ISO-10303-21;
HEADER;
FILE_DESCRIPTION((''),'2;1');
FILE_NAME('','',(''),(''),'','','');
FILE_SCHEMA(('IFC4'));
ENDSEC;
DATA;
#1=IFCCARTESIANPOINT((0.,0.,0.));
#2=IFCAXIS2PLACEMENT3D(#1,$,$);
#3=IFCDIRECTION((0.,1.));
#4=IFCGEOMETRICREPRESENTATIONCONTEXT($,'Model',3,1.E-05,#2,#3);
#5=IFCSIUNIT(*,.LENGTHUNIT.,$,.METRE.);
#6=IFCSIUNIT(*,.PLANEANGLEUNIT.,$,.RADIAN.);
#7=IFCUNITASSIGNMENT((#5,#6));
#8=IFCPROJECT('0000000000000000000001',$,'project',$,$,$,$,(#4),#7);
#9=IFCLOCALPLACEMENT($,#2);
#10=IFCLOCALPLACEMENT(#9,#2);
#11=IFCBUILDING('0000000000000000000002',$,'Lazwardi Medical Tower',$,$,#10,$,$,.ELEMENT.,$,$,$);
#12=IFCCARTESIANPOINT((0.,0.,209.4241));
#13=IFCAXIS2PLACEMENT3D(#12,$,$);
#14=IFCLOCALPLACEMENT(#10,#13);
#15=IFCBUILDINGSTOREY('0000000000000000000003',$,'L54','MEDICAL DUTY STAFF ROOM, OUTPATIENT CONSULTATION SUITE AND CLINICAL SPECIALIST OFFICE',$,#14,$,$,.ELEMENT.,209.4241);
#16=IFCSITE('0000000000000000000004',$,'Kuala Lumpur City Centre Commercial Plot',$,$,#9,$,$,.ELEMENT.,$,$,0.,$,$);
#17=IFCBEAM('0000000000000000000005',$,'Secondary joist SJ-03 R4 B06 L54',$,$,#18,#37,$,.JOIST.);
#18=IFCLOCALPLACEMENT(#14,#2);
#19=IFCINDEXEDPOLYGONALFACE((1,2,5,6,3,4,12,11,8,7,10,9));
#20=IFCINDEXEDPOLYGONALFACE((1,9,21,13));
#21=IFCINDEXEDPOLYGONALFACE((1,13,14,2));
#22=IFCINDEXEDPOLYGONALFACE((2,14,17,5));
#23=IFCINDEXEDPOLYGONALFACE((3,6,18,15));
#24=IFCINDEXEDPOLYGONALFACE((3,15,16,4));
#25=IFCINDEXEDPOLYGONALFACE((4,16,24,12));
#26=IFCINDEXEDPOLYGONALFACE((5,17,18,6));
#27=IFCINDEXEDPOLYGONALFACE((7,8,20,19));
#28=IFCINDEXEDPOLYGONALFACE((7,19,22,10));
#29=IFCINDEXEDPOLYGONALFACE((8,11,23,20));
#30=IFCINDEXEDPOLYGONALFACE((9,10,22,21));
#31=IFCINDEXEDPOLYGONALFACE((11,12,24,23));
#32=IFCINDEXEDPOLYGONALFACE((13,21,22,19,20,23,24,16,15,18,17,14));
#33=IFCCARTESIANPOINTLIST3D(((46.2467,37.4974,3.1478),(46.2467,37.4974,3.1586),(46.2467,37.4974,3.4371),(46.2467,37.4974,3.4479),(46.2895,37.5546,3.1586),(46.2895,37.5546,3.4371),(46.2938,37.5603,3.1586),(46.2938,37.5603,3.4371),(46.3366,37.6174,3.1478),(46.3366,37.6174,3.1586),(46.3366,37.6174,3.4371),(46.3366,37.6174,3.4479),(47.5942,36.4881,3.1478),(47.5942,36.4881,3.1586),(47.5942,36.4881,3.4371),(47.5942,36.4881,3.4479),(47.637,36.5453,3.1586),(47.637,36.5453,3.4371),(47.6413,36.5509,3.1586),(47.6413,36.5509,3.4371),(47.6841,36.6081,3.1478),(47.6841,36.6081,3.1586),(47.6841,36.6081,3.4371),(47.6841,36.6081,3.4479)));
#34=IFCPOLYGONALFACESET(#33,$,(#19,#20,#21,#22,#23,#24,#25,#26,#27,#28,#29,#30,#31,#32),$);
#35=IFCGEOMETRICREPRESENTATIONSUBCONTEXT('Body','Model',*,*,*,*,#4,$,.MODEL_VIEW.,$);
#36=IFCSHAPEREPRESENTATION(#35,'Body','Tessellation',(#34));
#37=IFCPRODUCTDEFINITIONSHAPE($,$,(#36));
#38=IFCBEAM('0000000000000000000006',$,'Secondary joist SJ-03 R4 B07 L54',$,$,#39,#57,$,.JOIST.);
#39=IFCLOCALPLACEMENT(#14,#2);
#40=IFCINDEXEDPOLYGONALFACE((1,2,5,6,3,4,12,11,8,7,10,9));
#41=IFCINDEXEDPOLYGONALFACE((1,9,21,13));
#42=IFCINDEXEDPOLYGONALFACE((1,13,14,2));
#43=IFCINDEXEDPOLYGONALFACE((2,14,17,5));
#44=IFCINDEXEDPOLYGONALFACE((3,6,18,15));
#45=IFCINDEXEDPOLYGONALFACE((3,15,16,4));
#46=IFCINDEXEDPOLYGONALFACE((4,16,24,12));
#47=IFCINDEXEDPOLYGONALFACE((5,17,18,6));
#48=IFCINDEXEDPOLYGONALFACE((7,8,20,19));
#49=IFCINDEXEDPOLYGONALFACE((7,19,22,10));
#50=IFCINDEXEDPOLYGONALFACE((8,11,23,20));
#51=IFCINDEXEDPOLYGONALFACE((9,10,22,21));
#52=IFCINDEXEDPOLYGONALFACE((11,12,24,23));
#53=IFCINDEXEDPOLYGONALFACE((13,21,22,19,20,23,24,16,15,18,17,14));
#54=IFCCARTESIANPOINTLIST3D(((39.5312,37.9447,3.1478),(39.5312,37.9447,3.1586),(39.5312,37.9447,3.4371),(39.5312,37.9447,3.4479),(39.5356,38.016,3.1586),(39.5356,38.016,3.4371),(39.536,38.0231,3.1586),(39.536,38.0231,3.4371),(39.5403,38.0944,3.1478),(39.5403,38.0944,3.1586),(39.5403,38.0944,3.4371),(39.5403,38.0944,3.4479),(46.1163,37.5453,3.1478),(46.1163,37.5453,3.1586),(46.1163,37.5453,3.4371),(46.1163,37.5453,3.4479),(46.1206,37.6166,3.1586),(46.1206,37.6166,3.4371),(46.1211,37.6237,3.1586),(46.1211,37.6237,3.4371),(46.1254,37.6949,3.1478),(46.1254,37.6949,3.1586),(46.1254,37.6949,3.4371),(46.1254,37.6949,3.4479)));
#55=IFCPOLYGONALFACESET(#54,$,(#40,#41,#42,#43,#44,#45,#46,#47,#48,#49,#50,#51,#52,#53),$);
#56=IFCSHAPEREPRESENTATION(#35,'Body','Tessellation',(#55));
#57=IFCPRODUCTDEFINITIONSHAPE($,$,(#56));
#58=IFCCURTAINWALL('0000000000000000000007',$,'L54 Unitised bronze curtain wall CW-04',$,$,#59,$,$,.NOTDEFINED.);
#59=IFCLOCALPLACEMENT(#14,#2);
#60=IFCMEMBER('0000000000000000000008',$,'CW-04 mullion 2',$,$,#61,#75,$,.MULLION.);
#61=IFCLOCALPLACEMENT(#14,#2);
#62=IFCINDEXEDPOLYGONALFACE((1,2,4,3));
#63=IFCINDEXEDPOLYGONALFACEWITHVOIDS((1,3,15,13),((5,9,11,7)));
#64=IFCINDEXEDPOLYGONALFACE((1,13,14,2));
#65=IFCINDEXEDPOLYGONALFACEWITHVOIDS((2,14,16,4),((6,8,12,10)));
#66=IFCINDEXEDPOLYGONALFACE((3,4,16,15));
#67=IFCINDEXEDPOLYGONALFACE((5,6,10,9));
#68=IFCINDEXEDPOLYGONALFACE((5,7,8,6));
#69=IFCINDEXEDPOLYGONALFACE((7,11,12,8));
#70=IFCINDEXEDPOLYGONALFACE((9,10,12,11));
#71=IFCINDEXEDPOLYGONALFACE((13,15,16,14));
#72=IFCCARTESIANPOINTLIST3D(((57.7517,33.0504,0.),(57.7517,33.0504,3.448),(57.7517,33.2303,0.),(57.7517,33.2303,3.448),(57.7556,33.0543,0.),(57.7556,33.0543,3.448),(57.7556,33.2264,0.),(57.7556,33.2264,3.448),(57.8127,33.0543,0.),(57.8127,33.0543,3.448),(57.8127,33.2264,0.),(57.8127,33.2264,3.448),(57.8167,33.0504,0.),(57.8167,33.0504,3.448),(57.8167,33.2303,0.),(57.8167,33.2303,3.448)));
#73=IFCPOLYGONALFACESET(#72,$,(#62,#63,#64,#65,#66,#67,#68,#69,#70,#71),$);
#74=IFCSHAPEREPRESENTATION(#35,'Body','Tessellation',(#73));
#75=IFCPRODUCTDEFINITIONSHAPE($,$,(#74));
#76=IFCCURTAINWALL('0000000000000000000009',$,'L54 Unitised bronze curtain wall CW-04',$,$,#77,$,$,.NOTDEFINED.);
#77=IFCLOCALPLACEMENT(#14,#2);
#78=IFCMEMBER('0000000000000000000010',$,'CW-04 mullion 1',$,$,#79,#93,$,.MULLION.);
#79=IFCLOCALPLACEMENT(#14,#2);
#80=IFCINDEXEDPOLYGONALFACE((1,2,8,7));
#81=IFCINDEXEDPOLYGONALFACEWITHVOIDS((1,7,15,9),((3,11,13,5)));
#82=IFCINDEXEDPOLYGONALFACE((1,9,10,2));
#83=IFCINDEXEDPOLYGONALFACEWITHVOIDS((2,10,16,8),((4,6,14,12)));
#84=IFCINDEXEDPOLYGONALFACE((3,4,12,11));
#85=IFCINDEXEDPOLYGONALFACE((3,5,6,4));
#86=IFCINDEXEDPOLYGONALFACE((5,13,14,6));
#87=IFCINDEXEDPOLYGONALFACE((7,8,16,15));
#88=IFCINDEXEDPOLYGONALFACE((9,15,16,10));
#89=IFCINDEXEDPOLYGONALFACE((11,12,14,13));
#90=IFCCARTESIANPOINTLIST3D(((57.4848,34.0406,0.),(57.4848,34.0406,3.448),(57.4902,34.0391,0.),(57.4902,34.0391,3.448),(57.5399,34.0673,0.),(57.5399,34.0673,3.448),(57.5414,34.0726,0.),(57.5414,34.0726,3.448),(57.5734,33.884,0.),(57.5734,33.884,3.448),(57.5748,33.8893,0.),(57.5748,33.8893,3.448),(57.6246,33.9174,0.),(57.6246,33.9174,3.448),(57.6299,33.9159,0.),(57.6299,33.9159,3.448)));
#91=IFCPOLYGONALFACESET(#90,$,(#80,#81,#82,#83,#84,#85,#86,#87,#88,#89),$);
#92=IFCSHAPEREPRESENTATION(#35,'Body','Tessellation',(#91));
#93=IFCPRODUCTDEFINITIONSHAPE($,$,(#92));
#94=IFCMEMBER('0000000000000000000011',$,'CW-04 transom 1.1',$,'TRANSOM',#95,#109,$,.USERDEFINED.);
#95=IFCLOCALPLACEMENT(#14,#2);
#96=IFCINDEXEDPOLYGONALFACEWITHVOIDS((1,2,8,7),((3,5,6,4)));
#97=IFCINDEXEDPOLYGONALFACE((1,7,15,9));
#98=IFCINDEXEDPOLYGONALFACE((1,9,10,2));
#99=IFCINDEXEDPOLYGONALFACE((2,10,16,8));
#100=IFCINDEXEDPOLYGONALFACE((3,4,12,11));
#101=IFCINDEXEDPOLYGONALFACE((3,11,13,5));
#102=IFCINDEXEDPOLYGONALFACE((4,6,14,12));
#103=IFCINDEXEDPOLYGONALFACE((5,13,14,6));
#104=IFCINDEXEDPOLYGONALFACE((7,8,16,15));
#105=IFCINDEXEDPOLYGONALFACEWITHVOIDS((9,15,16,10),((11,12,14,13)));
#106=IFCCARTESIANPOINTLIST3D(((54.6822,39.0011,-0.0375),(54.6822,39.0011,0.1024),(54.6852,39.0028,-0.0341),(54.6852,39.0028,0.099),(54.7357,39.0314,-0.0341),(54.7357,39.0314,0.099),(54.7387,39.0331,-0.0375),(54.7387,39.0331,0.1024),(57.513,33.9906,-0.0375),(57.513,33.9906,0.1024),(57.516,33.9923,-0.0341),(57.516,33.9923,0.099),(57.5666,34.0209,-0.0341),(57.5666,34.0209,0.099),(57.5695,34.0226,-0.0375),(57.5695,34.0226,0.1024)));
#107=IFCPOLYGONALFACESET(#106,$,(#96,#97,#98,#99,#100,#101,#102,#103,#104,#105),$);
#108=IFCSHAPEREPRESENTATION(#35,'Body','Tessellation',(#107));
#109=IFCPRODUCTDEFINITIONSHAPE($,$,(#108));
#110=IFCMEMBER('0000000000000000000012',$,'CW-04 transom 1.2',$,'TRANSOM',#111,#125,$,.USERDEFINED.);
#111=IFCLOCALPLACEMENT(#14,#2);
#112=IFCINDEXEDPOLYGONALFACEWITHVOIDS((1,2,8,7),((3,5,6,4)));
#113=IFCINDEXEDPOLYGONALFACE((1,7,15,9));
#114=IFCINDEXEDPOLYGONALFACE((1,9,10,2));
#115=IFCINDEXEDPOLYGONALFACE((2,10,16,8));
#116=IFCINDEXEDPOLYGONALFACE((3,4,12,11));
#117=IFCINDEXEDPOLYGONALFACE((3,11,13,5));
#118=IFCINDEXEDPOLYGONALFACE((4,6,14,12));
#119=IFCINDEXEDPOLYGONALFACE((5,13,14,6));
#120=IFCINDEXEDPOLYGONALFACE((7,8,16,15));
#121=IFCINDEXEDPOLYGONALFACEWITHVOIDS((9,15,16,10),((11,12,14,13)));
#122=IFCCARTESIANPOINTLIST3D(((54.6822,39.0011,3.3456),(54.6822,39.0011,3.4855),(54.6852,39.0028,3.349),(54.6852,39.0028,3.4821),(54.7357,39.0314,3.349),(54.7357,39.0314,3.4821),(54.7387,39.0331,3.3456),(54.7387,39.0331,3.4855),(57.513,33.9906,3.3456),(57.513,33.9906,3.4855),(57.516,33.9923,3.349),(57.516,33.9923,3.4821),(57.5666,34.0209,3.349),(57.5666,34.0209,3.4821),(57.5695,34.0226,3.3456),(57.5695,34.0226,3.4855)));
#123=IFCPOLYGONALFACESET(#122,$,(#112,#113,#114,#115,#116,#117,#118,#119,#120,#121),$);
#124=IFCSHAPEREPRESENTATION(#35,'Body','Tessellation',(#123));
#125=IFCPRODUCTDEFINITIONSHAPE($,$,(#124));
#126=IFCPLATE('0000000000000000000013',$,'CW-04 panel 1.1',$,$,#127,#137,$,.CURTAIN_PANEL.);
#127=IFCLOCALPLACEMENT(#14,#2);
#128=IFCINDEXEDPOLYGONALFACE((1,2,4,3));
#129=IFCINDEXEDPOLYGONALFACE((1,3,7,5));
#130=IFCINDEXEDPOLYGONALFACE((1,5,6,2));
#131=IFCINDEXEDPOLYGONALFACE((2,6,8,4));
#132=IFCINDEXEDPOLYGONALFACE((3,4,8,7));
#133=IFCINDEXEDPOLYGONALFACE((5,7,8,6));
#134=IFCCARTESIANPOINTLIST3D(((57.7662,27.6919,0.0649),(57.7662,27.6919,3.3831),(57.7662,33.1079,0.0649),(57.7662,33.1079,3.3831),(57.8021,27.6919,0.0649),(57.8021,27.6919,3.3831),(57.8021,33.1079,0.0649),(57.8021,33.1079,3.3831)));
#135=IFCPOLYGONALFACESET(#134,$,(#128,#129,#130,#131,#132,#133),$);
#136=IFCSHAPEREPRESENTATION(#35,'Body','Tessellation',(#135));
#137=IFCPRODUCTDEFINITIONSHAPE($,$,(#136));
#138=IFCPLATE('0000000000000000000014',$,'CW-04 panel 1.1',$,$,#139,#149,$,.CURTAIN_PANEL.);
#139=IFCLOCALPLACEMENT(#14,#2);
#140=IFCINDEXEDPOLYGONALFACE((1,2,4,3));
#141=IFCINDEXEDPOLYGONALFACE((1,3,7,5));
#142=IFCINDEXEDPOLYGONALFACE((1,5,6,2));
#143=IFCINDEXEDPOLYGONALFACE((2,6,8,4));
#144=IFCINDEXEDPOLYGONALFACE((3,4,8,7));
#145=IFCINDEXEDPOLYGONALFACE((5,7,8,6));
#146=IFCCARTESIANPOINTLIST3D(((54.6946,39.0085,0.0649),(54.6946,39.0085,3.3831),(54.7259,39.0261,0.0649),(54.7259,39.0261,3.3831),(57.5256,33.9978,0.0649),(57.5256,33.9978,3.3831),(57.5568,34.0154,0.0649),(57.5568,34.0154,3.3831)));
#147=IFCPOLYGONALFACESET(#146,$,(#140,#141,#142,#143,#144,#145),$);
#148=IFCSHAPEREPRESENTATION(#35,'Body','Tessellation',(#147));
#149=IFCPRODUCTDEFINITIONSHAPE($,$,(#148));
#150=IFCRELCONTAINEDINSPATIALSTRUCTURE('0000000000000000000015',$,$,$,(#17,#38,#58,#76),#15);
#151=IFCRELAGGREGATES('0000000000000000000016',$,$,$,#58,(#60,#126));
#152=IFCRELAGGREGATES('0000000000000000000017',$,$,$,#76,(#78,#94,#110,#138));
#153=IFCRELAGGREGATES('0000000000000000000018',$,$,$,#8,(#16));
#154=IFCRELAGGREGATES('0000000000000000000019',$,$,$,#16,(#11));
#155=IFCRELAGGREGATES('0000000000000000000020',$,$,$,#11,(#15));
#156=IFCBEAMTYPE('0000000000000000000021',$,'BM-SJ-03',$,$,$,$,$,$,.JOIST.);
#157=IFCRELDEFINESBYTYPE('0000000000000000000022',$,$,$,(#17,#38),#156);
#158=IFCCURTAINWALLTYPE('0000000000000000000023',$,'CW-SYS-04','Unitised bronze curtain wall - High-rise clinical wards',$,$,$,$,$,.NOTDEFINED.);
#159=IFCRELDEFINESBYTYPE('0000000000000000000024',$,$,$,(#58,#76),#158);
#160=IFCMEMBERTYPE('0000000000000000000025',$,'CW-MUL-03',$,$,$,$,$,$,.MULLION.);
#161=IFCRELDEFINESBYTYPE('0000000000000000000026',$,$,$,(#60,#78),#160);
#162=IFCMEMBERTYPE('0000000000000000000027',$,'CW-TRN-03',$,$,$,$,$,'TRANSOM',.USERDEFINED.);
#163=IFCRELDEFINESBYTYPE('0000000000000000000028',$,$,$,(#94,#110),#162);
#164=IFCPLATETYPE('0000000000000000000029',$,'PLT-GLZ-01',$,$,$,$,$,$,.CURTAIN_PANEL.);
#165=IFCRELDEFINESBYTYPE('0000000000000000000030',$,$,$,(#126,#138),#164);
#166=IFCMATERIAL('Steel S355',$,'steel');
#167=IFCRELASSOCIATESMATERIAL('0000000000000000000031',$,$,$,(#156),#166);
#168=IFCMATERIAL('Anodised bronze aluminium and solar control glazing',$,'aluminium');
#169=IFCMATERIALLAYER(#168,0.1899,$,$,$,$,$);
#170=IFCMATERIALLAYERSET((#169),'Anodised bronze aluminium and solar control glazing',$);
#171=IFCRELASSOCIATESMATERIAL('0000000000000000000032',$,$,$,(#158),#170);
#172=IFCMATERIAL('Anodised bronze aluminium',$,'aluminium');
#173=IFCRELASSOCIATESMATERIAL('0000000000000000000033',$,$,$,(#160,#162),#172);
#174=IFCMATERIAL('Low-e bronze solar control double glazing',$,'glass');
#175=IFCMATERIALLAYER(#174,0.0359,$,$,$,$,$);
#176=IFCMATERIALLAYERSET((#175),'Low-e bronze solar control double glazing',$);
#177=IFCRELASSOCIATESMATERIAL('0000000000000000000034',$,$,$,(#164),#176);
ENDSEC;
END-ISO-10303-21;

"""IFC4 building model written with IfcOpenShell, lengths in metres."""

from ifc_helpers import new_model, si_unit, direction, frame, origin, origin_2d, place, context, subcontext, project, spatial, rectangle, hollow_rectangle, i_section, extrude, material, layer, layer_set, material_profile, profile_set, type_object, element, aggregate, save


model = new_model("IFC4")

# Units and contexts
model_context = context("Model", 3, precision=1e-05, world=origin(), true_north=direction((0.0, 1.0)))
body_context = subcontext(model_context, "Body", "Model", "MODEL_VIEW")
ifc_project = project(units=[si_unit("LENGTHUNIT", "METRE"), si_unit("PLANEANGLEUNIT", "RADIAN")], contexts=[model_context])

# Site, building, storey
site_placement = place(None, origin())
site = spatial("IfcSite", under=ifc_project, at=site_placement, Name="Kuala Lumpur City Centre Commercial Plot", CompositionType="ELEMENT", RefElevation=0.0)
building_placement = place(site_placement, origin())
building = spatial("IfcBuilding", under=site, at=building_placement, Name="Lazwardi Medical Tower", CompositionType="ELEMENT")
storey_placement = place(building_placement, frame((0.0, 0.0, 209.4241)))
storey = spatial("IfcBuildingStorey", under=building, at=storey_placement, Name="L54", Description="MEDICAL DUTY STAFF ROOM, OUTPATIENT CONSULTATION SUITE AND CLINICAL SPECIALIST OFFICE", CompositionType="ELEMENT", Elevation=209.4241)

# Beams
ifc_material_1 = material(Name="Steel S355", Category="steel")
ifc_material_profile_1 = material_profile(ifc_material_1, i_section(OverallWidth=0.1499, OverallDepth=0.3, WebThickness=0.0071, FlangeThickness=0.0107, at=origin_2d()), Name="IPE 300")
ifc_profile_set_1 = profile_set([ifc_material_profile_1], Name="Steel S355")
beam_type_1 = type_object("IfcBeamType", Name="BM-SJ-03", PredefinedType="JOIST", material=ifc_profile_set_1)
beam_1_placement = place(storey_placement, frame((47.6392, 36.5481, 3.2979), z_axis=(-0.800365, 0.599513, 0.0), x_axis=(-0.599513, -0.800365, 0.0)))
element("IfcBeam", 1, at=beam_1_placement, inside=storey, type_object=beam_type_1, Name="Secondary joist SJ-03 R4 B06 L54", PredefinedType="JOIST", context=body_context, shape_type="SweptSolid", body=[
    extrude(i_section(OverallWidth=0.1499, OverallDepth=0.3, WebThickness=0.0071, FlangeThickness=0.0107, at=origin_2d()), origin(), (0.0, 0.0, 1.0), 1.6836),
])
beam_2_placement = place(storey_placement, frame((46.1208, 37.6201, 3.2979), z_axis=(-0.998166, 0.060544, 0.0), x_axis=(-0.060544, -0.998166, 0.0)))
element("IfcBeam", 2, at=beam_2_placement, inside=storey, type_object=beam_type_1, Name="Secondary joist SJ-03 R4 B07 L54", PredefinedType="JOIST", context=body_context, shape_type="SweptSolid", body=[
    extrude(i_section(OverallWidth=0.1499, OverallDepth=0.3, WebThickness=0.0071, FlangeThickness=0.0107, at=origin_2d()), origin(), (0.0, 0.0, 1.0), 6.5972),
])

# Curtain wall, member
ifc_material_2 = material(Name="Anodised bronze aluminium and solar control glazing", Category="aluminium")
ifc_layer_1 = layer(ifc_material_2, 0.1899)
ifc_layer_set_1 = layer_set([ifc_layer_1], Name="Anodised bronze aluminium and solar control glazing")
curtain_wall_type = type_object("IfcCurtainWallType", Name="CW-SYS-04", Description="Unitised bronze curtain wall - High-rise clinical wards", PredefinedType="NOTDEFINED", material=ifc_layer_set_1)
curtain_wall_1_placement = place(storey_placement, origin())
curtain_wall_1 = element("IfcCurtainWall", 3, at=curtain_wall_1_placement, inside=storey, type_object=curtain_wall_type, Name="L54 Unitised bronze curtain wall CW-04", PredefinedType="NOTDEFINED")
ifc_material_3 = material(Name="Anodised bronze aluminium", Category="aluminium")
ifc_material_profile_2 = material_profile(ifc_material_3, hollow_rectangle(XDim=0.0649, YDim=0.1799, WallThickness=0.0039, at=origin_2d()), Name="ALU-MULLION 180x65x4")
ifc_profile_set_2 = profile_set([ifc_material_profile_2], Name="Anodised bronze aluminium")
member_type_1 = type_object("IfcMemberType", Name="CW-MUL-03", PredefinedType="MULLION", material=ifc_profile_set_2)
member_1_placement = place(storey_placement, frame((57.7842, 33.1404, 0.0), z_axis=(0.0, 0.0, 1.0), x_axis=(-1.0, 0.0, 0.0)))
member_1 = element("IfcMember", 4, at=member_1_placement, type_object=member_type_1, Name="CW-04 mullion 2", PredefinedType="MULLION", context=body_context, shape_type="SweptSolid", body=[
    extrude(hollow_rectangle(XDim=0.0649, YDim=0.1799, WallThickness=0.0039, at=origin_2d()), origin(), (0.0, 0.0, 1.0), 3.448),
])

# Curtain wall, members
curtain_wall_2_placement = place(storey_placement, origin())
curtain_wall_2 = element("IfcCurtainWall", 5, at=curtain_wall_2_placement, inside=storey, type_object=curtain_wall_type, Name="L54 Unitised bronze curtain wall CW-04", PredefinedType="NOTDEFINED")
member_2_placement = place(storey_placement, frame((57.5574, 33.9783, 0.0), z_axis=(0.0, 0.0, 1.0), x_axis=(-0.870651, -0.4919, 0.0)))
member_2 = element("IfcMember", 6, at=member_2_placement, type_object=member_type_1, Name="CW-04 mullion 1", PredefinedType="MULLION", context=body_context, shape_type="SweptSolid", body=[
    extrude(hollow_rectangle(XDim=0.0649, YDim=0.1799, WallThickness=0.0039, at=origin_2d()), origin(), (0.0, 0.0, 1.0), 3.448),
])
ifc_material_profile_3 = material_profile(ifc_material_3, hollow_rectangle(XDim=0.0649, YDim=0.1399, WallThickness=0.0034, at=origin_2d()), Name="ALU-TRANSOM 140x65x3.5")
ifc_profile_set_3 = profile_set([ifc_material_profile_3], Name="Anodised bronze aluminium")
member_type_2 = type_object("IfcMemberType", Name="CW-TRN-03", ElementType="TRANSOM", PredefinedType="USERDEFINED", material=ifc_profile_set_3)
member_3_placement = place(storey_placement, frame((57.5413, 34.0066, 0.0325), z_axis=(-0.491898, 0.870653, 0.0), x_axis=(-0.870653, -0.491898, 0.0)))
member_3 = element("IfcMember", 7, at=member_3_placement, type_object=member_type_2, Name="CW-04 transom 1.1", ObjectType="TRANSOM", PredefinedType="USERDEFINED", context=body_context, shape_type="SweptSolid", body=[
    extrude(hollow_rectangle(XDim=0.0649, YDim=0.1399, WallThickness=0.0034, at=origin_2d()), origin(), (0.0, 0.0, 1.0), 5.7549),
])
member_4_placement = place(storey_placement, frame((57.5413, 34.0066, 3.4155), z_axis=(-0.491898, 0.870653, 0.0), x_axis=(-0.870653, -0.491898, 0.0)))
member_4 = element("IfcMember", 8, at=member_4_placement, type_object=member_type_2, Name="CW-04 transom 1.2", ObjectType="TRANSOM", PredefinedType="USERDEFINED", context=body_context, shape_type="SweptSolid", body=[
    extrude(hollow_rectangle(XDim=0.0649, YDim=0.1399, WallThickness=0.0034, at=origin_2d()), origin(), (0.0, 0.0, 1.0), 5.7549),
])

# Plates
ifc_material_4 = material(Name="Low-e bronze solar control double glazing", Category="glass")
ifc_layer_2 = layer(ifc_material_4, 0.0359)
ifc_layer_set_2 = layer_set([ifc_layer_2], Name="Low-e bronze solar control double glazing")
plate_type = type_object("IfcPlateType", Name="PLT-GLZ-01", PredefinedType="CURTAIN_PANEL", material=ifc_layer_set_2)
plate_1_placement = place(storey_placement, frame((57.7842, 30.3999, 0.0649), z_axis=(0.0, 0.0, 1.0), x_axis=(0.0, 1.0, 0.0)))
plate_1 = element("IfcPlate", 9, at=plate_1_placement, type_object=plate_type, Name="CW-04 panel 1.1", PredefinedType="CURTAIN_PANEL", context=body_context, shape_type="SweptSolid", body=[
    extrude(rectangle(XDim=5.416, YDim=0.0359, at=origin_2d()), origin(), (0.0, 0.0, 1.0), 3.3181),
])
aggregate(curtain_wall_1, [member_1, plate_1])
plate_2_placement = place(storey_placement, frame((56.1257, 36.512, 0.0649), z_axis=(0.0, 0.0, 1.0), x_axis=(-0.4919, 0.870651, 0.0)))
plate_2 = element("IfcPlate", 10, at=plate_2_placement, type_object=plate_type, Name="CW-04 panel 1.1", PredefinedType="CURTAIN_PANEL", context=body_context, shape_type="SweptSolid", body=[
    extrude(rectangle(XDim=5.7551, YDim=0.0359, at=origin_2d()), origin(), (0.0, 0.0, 1.0), 3.3181),
])
aggregate(curtain_wall_2, [member_2, member_3, member_4, plate_2])

save(model, "model.ifc")
